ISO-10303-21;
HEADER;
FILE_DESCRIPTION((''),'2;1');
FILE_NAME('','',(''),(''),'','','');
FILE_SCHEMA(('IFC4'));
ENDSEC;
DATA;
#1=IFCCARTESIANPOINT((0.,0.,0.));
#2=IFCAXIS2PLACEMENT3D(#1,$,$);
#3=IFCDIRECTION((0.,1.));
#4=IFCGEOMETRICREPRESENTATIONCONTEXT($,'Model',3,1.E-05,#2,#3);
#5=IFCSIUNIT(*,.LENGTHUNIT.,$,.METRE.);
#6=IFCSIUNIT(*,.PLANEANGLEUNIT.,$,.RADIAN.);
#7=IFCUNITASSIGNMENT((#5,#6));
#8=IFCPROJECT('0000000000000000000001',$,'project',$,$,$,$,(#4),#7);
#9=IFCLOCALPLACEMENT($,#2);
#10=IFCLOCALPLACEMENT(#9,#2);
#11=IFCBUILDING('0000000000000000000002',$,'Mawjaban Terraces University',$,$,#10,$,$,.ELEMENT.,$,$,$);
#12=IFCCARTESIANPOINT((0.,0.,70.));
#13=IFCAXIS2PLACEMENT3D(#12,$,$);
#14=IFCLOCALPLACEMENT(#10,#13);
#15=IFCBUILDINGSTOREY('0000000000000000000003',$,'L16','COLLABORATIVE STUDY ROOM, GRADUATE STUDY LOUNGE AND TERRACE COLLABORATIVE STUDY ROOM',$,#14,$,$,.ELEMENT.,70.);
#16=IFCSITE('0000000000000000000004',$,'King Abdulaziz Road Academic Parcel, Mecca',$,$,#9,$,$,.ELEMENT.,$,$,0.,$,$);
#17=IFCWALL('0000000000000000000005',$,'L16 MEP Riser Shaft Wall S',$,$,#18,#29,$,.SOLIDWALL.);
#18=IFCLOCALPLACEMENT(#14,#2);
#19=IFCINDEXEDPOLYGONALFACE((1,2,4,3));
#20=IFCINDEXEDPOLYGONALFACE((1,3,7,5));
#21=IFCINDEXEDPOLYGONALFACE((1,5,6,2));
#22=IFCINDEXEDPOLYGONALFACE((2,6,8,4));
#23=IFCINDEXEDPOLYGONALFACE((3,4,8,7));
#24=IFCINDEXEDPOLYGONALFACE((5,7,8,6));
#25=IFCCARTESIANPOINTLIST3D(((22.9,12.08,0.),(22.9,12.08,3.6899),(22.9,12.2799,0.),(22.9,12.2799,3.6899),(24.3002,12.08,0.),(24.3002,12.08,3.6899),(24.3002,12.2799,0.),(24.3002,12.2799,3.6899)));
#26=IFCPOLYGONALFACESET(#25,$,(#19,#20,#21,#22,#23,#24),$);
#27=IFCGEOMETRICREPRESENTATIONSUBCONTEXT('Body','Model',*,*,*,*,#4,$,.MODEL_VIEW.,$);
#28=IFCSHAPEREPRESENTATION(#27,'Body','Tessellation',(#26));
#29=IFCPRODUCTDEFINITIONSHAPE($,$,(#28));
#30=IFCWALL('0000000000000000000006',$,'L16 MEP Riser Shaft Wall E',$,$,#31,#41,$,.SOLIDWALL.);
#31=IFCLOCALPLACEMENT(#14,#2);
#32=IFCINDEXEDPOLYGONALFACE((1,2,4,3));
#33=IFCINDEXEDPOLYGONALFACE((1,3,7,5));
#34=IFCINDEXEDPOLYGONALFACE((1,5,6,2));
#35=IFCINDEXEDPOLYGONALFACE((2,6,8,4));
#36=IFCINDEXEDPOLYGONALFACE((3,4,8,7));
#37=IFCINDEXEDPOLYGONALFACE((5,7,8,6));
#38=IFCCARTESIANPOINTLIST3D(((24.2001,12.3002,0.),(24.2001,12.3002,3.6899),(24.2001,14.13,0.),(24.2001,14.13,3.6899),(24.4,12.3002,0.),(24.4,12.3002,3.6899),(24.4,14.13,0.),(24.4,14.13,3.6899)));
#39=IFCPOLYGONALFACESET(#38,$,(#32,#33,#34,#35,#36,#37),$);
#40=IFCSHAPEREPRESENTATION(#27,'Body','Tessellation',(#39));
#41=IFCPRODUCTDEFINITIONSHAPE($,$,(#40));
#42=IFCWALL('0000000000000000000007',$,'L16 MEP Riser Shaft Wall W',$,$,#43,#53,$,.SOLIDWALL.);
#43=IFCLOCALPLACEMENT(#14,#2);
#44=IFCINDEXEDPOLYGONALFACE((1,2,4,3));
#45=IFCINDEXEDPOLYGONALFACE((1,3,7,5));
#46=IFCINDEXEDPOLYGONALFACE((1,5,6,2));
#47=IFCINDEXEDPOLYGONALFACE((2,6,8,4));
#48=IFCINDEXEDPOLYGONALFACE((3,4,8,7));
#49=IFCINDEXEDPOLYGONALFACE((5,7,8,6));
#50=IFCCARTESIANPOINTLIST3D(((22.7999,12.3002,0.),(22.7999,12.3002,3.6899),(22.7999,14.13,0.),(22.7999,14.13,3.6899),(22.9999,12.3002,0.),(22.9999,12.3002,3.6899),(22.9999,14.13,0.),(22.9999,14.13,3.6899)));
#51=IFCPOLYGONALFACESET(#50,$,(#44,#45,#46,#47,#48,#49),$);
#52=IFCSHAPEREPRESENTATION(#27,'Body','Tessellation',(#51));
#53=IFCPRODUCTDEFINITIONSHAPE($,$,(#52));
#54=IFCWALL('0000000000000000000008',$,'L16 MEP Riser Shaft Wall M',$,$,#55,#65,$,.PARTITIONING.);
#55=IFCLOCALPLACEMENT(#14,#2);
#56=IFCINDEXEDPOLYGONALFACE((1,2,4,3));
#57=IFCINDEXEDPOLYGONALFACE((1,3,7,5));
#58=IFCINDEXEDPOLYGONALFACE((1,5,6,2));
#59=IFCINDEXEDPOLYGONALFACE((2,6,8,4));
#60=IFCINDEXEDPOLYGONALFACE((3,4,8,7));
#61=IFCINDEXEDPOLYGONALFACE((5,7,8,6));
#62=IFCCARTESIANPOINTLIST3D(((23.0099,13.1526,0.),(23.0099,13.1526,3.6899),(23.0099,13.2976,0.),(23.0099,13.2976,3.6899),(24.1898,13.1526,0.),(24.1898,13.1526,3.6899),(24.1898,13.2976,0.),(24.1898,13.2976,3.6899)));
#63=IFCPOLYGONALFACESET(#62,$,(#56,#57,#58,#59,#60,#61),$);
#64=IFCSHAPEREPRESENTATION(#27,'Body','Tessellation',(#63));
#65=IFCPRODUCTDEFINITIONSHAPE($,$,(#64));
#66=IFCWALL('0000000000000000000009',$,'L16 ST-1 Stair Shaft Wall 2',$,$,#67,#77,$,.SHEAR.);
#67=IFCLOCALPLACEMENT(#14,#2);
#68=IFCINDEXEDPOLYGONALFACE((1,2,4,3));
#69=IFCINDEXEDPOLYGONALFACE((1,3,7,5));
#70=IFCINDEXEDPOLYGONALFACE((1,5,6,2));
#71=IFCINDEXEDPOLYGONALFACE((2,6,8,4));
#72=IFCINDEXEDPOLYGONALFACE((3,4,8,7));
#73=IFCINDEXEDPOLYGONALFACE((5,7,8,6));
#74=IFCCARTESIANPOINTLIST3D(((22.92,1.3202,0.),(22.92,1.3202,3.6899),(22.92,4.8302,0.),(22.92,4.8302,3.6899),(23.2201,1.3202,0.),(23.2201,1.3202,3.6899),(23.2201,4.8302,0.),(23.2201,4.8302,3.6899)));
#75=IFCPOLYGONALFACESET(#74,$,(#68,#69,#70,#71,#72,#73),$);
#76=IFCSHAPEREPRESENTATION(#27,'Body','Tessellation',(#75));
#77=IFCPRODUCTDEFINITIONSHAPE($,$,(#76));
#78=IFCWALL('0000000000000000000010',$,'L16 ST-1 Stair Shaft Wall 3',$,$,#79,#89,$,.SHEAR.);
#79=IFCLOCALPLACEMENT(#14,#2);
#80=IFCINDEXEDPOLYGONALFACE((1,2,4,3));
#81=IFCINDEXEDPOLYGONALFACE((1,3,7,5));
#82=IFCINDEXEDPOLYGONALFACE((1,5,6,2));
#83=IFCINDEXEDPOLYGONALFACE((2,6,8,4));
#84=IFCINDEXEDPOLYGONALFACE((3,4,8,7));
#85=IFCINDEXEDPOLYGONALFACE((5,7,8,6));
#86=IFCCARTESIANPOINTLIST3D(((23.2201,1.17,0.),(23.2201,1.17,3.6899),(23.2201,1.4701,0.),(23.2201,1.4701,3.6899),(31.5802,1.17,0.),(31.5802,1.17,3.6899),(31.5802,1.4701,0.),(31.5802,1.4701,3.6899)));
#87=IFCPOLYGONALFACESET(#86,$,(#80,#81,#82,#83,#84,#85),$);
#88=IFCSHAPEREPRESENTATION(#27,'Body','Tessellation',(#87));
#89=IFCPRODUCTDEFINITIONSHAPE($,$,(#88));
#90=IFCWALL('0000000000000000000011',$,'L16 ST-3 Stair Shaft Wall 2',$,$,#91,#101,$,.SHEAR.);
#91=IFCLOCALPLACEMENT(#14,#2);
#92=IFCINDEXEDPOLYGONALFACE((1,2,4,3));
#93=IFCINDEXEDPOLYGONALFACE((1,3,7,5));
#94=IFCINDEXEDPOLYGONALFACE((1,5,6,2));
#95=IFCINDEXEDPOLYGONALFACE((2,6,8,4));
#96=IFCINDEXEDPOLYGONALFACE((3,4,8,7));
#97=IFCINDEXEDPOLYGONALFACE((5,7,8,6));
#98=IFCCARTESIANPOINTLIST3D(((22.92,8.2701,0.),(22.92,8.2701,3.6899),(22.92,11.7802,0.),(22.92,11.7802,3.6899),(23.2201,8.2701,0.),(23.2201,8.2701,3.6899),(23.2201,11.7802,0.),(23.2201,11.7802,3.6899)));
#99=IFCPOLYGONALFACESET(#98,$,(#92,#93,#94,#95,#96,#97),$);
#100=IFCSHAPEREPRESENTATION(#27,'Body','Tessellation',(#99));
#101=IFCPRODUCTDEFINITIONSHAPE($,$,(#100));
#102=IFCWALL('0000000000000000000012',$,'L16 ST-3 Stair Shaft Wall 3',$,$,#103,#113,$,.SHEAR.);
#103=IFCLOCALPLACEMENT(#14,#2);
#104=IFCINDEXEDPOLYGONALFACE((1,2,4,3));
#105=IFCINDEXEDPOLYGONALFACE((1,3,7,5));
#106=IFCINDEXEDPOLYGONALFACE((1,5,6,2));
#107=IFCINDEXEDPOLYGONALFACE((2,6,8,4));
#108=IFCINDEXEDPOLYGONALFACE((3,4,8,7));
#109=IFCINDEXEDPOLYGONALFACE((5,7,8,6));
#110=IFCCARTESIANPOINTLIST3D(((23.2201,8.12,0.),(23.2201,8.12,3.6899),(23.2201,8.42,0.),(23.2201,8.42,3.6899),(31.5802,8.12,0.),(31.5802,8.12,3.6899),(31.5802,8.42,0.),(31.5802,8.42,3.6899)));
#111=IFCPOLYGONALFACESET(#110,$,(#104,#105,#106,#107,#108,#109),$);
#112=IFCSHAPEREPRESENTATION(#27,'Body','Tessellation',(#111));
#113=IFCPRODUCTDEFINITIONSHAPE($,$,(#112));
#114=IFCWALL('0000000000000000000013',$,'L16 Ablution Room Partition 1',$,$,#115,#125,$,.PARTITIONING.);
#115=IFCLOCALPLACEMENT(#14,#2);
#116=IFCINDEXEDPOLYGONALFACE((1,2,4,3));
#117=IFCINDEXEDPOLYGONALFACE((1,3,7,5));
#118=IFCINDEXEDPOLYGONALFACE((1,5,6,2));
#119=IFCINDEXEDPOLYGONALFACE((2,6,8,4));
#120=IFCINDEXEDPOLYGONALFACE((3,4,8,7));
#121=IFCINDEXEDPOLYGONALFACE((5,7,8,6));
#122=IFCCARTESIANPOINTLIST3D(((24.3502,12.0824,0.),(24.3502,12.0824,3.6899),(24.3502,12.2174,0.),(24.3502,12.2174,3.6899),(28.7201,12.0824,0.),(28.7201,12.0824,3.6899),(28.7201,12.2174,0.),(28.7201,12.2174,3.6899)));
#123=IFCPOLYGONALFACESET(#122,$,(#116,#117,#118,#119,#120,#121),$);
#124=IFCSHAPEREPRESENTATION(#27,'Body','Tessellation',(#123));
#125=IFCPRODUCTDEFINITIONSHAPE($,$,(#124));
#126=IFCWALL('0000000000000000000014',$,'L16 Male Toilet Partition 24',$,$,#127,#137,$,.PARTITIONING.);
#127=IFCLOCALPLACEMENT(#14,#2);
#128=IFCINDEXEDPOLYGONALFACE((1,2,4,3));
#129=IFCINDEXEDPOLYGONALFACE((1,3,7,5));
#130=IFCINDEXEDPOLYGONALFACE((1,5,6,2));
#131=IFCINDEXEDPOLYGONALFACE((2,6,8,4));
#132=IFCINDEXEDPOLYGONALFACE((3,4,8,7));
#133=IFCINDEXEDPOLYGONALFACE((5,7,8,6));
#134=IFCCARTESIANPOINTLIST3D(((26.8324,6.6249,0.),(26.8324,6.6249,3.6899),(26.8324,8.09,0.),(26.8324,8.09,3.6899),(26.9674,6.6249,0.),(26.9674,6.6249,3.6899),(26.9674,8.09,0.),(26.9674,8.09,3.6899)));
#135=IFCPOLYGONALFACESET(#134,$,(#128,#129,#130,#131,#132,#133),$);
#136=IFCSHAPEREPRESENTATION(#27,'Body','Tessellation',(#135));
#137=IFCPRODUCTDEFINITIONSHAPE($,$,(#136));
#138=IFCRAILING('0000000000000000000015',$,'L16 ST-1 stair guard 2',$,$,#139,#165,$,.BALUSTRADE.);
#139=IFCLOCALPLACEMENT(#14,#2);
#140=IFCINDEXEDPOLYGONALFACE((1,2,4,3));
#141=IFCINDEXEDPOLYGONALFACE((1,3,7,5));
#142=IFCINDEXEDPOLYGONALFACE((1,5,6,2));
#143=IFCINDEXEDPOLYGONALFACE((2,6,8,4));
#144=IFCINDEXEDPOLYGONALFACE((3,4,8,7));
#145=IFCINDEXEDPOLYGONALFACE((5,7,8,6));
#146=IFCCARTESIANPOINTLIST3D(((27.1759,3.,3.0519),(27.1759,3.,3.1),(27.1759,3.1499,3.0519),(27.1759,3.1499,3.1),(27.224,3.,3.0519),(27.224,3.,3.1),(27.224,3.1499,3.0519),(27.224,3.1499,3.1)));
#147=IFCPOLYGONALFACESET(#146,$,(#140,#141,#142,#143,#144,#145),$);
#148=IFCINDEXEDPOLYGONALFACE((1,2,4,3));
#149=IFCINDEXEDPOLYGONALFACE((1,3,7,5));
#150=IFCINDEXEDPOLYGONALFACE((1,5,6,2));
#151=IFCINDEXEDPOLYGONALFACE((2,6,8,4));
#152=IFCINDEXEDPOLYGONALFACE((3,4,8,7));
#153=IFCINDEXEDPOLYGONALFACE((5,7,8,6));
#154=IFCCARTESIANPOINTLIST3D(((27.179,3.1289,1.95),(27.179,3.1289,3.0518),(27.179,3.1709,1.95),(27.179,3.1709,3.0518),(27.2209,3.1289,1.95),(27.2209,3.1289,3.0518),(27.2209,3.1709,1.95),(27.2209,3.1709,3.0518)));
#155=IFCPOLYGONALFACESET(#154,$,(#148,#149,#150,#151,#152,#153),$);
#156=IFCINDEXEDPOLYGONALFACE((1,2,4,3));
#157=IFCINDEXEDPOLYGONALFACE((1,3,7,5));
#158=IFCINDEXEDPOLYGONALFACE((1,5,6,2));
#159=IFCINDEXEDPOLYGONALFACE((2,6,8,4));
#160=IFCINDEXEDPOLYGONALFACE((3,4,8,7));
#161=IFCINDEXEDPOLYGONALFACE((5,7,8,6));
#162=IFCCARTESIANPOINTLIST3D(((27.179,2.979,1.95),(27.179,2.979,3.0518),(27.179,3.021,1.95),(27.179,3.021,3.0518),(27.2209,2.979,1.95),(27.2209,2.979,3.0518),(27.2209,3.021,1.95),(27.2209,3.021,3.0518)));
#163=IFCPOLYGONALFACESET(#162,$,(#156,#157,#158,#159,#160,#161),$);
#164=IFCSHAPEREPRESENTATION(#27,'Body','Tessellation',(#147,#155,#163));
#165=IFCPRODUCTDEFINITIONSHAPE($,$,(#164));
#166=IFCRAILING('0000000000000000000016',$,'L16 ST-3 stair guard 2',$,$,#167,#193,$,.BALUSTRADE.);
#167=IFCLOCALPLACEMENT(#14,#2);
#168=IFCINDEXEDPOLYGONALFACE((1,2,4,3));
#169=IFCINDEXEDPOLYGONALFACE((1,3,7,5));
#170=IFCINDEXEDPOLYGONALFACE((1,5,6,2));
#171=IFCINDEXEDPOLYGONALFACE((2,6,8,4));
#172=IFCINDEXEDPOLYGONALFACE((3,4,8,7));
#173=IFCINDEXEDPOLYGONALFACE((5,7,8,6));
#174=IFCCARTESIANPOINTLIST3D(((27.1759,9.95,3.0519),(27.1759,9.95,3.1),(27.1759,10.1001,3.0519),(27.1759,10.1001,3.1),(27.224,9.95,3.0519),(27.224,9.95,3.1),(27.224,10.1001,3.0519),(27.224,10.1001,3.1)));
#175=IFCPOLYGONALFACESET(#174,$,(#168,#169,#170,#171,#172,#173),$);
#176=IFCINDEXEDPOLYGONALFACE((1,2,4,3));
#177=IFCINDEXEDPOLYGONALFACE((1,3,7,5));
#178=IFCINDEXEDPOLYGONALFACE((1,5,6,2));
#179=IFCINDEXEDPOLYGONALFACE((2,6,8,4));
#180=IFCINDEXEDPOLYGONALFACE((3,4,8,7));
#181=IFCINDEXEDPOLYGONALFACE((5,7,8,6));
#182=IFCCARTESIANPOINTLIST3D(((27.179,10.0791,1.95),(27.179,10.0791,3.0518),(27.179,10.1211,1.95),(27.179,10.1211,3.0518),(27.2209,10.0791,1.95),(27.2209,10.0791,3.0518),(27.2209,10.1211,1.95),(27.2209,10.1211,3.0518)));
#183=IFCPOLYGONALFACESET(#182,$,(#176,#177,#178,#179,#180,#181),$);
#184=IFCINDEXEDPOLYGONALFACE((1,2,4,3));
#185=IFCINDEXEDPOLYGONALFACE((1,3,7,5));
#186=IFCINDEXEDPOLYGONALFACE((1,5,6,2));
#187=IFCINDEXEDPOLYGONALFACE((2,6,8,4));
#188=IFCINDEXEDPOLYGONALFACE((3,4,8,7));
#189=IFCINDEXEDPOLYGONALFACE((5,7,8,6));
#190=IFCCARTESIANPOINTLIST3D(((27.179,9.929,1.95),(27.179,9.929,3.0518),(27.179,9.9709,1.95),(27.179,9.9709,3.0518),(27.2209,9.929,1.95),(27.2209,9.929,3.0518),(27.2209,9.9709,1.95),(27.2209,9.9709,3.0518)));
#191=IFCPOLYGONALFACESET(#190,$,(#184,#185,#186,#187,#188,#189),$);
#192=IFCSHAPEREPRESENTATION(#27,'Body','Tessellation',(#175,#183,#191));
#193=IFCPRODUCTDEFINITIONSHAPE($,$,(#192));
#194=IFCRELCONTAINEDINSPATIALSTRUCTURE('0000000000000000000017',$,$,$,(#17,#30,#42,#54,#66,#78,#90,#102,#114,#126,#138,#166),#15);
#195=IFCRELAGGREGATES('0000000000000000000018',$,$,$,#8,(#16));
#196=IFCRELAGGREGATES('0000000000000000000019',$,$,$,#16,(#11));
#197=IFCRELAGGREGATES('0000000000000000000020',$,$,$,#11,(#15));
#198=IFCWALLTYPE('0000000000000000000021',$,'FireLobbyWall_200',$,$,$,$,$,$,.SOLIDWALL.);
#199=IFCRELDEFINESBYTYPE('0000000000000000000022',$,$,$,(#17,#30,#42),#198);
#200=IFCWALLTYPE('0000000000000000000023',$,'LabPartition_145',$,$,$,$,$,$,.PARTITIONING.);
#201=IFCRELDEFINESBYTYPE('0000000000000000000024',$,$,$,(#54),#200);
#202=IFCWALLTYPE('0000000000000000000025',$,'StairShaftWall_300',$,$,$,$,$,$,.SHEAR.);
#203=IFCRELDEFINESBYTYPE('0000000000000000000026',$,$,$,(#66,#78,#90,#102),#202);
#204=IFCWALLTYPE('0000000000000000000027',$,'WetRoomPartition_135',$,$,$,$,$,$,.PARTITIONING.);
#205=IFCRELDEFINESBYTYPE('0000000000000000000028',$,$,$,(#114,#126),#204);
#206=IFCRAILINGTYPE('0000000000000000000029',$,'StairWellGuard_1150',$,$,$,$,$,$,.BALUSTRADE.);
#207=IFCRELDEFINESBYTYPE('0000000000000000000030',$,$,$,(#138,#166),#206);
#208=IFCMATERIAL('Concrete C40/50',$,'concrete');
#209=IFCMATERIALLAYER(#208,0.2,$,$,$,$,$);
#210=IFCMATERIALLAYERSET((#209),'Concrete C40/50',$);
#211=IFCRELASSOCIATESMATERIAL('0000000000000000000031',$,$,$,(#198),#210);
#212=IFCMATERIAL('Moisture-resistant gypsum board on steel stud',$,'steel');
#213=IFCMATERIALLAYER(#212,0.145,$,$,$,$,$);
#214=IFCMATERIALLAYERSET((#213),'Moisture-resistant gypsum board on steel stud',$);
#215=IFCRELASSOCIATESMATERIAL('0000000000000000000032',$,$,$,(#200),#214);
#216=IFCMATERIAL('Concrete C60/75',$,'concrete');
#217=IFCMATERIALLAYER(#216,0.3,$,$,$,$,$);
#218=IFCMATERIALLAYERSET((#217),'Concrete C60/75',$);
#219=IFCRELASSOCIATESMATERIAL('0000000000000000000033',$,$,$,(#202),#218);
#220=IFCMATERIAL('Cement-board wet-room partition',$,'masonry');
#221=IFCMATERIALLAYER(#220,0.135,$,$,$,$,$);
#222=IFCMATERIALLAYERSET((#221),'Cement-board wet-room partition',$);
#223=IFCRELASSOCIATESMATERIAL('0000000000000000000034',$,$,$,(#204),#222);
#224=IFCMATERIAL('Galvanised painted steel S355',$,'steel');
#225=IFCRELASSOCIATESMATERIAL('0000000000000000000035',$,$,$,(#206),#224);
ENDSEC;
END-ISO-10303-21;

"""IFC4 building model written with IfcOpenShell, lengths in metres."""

from ifc_helpers import new_model, si_unit, direction, frame, frame_2d, origin, origin_2d, place, context, subcontext, project, spatial, rectangle, extrude, material, layer, layer_set, type_object, element, save


model = new_model("IFC4")

# Units and contexts
model_context = context("Model", 3, precision=1e-05, world=origin(), true_north=direction((0.0, 1.0)))
body_context = subcontext(model_context, "Body", "Model", "MODEL_VIEW")
ifc_project = project(units=[si_unit("LENGTHUNIT", "METRE"), si_unit("PLANEANGLEUNIT", "RADIAN")], contexts=[model_context])

# Site, building, storey
site_placement = place(None, origin())
site = spatial("IfcSite", under=ifc_project, at=site_placement, Name="King Abdulaziz Road Academic Parcel, Mecca", CompositionType="ELEMENT", RefElevation=0.0)
building_placement = place(site_placement, origin())
building = spatial("IfcBuilding", under=site, at=building_placement, Name="Mawjaban Terraces University", CompositionType="ELEMENT")
storey_placement = place(building_placement, frame((0.0, 0.0, 70.0)))
storey = spatial("IfcBuildingStorey", under=building, at=storey_placement, Name="L16", Description="COLLABORATIVE STUDY ROOM, GRADUATE STUDY LOUNGE AND TERRACE COLLABORATIVE STUDY ROOM", CompositionType="ELEMENT", Elevation=70.0)

# Walls
ifc_material_1 = material(Name="Concrete C40/50", Category="concrete")
ifc_layer_1 = layer(ifc_material_1, 0.2)
ifc_layer_set_1 = layer_set([ifc_layer_1], Name="Concrete C40/50")
wall_type_1 = type_object("IfcWallType", Name="FireLobbyWall_200", PredefinedType="SOLIDWALL", material=ifc_layer_set_1)
wall_1_placement = place(storey_placement, frame((22.8999, 12.1799, 0.0), z_axis=(0.0, 0.0, 1.0), x_axis=(1.0, 0.0, 0.0)))
element("IfcWall", 1, at=wall_1_placement, inside=storey, type_object=wall_type_1, Name="L16 MEP Riser Shaft Wall S", PredefinedType="SOLIDWALL", context=body_context, shape_type="SweptSolid", body=[
    extrude(rectangle(XDim=1.4001, YDim=0.2, at=frame_2d((0.7002, 0.0))), origin(), (0.0, 0.0, 1.0), 3.6899),
])
for number, where, z_axis, x_axis, name in (
    (2, (24.3, 12.3, 0.0), (0.0, 0.0, 1.0), (0.0, 1.0, 0.0), "L16 MEP Riser Shaft Wall E"),
    (3, (22.8999, 12.3, 0.0), (0.0, 0.0, 1.0), (0.0, 1.0, 0.0), "L16 MEP Riser Shaft Wall W"),
):
    element("IfcWall", number, at=place(storey_placement, frame(where, z_axis=z_axis, x_axis=x_axis)), inside=storey, type_object=wall_type_1, Name=name, PredefinedType="SOLIDWALL", context=body_context, shape_type="SweptSolid", body=[
        extrude(rectangle(XDim=1.8298, YDim=0.2, at=frame_2d((0.915, 0.0))), origin(), (0.0, 0.0, 1.0), 3.6899),
    ])
ifc_material_2 = material(Name="Moisture-resistant gypsum board on steel stud", Category="steel")
ifc_layer_2 = layer(ifc_material_2, 0.145)
ifc_layer_set_2 = layer_set([ifc_layer_2], Name="Moisture-resistant gypsum board on steel stud")
wall_type_2 = type_object("IfcWallType", Name="LabPartition_145", PredefinedType="PARTITIONING", material=ifc_layer_set_2)
wall_2_placement = place(storey_placement, frame((23.01, 13.2251, 0.0), z_axis=(0.0, 0.0, 1.0), x_axis=(1.0, 0.0, 0.0)))
element("IfcWall", 4, at=wall_2_placement, inside=storey, type_object=wall_type_2, Name="L16 MEP Riser Shaft Wall M", PredefinedType="PARTITIONING", context=body_context, shape_type="SweptSolid", body=[
    extrude(rectangle(XDim=1.1799, YDim=0.145, at=frame_2d((0.5898, 0.0))), origin(), (0.0, 0.0, 1.0), 3.6899),
])
ifc_material_3 = material(Name="Concrete C60/75", Category="concrete")
ifc_layer_3 = layer(ifc_material_3, 0.3)
ifc_layer_set_3 = layer_set([ifc_layer_3], Name="Concrete C60/75")
wall_type_3 = type_object("IfcWallType", Name="StairShaftWall_300", PredefinedType="SHEAR", material=ifc_layer_set_3)
wall_3_placement = place(storey_placement, frame((23.0701, 4.8301, 0.0), z_axis=(0.0, 0.0, 1.0), x_axis=(0.0, -1.0, 0.0)))
element("IfcWall", 5, at=wall_3_placement, inside=storey, type_object=wall_type_3, Name="L16 ST-1 Stair Shaft Wall 2", PredefinedType="SHEAR", context=body_context, shape_type="SweptSolid", body=[
    extrude(rectangle(XDim=3.51, YDim=0.3, at=frame_2d((1.7549, 0.0))), origin(), (0.0, 0.0, 1.0), 3.6899),
])
wall_4_placement = place(storey_placement, frame((23.22, 1.3201, 0.0), z_axis=(0.0, 0.0, 1.0), x_axis=(1.0, 0.0, 0.0)))
element("IfcWall", 6, at=wall_4_placement, inside=storey, type_object=wall_type_3, Name="L16 ST-1 Stair Shaft Wall 3", PredefinedType="SHEAR", context=body_context, shape_type="SweptSolid", body=[
    extrude(rectangle(XDim=8.3601, YDim=0.3, at=frame_2d((4.1802, 0.0))), origin(), (0.0, 0.0, 1.0), 3.6899),
])
wall_5_placement = place(storey_placement, frame((23.0701, 11.78, 0.0), z_axis=(0.0, 0.0, 1.0), x_axis=(0.0, -1.0, 0.0)))
element("IfcWall", 7, at=wall_5_placement, inside=storey, type_object=wall_type_3, Name="L16 ST-3 Stair Shaft Wall 2", PredefinedType="SHEAR", context=body_context, shape_type="SweptSolid", body=[
    extrude(rectangle(XDim=3.51, YDim=0.3, at=frame_2d((1.7549, 0.0))), origin(), (0.0, 0.0, 1.0), 3.6899),
])
wall_6_placement = place(storey_placement, frame((23.22, 8.27, 0.0), z_axis=(0.0, 0.0, 1.0), x_axis=(1.0, 0.0, 0.0)))
element("IfcWall", 8, at=wall_6_placement, inside=storey, type_object=wall_type_3, Name="L16 ST-3 Stair Shaft Wall 3", PredefinedType="SHEAR", context=body_context, shape_type="SweptSolid", body=[
    extrude(rectangle(XDim=8.3601, YDim=0.3, at=frame_2d((4.1802, 0.0))), origin(), (0.0, 0.0, 1.0), 3.6899),
])
ifc_material_4 = material(Name="Cement-board wet-room partition", Category="masonry")
ifc_layer_4 = layer(ifc_material_4, 0.135)
ifc_layer_set_4 = layer_set([ifc_layer_4], Name="Cement-board wet-room partition")
wall_type_4 = type_object("IfcWallType", Name="WetRoomPartition_135", PredefinedType="PARTITIONING", material=ifc_layer_set_4)
wall_7_placement = place(storey_placement, frame((24.3501, 12.1499, 0.0), z_axis=(0.0, 0.0, 1.0), x_axis=(1.0, 0.0, 0.0)))
element("IfcWall", 9, at=wall_7_placement, inside=storey, type_object=wall_type_4, Name="L16 Ablution Room Partition 1", PredefinedType="PARTITIONING", context=body_context, shape_type="SweptSolid", body=[
    extrude(rectangle(XDim=4.3699, YDim=0.135, at=frame_2d((2.1851, 0.0))), origin(), (0.0, 0.0, 1.0), 3.6899),
])
wall_8_placement = place(storey_placement, frame((26.8999, 6.625, 0.0), z_axis=(0.0, 0.0, 1.0), x_axis=(0.0, 1.0, 0.0)))
element("IfcWall", 10, at=wall_8_placement, inside=storey, type_object=wall_type_4, Name="L16 Male Toilet Partition 24", PredefinedType="PARTITIONING", context=body_context, shape_type="SweptSolid", body=[
    extrude(rectangle(XDim=1.4651, YDim=0.135, at=frame_2d((0.7324, 0.0))), origin(), (0.0, 0.0, 1.0), 3.6899),
])

# Railings
ifc_material_5 = material(Name="Galvanised painted steel S355", Category="steel")
railing_type = type_object("IfcRailingType", Name="StairWellGuard_1150", PredefinedType="BALUSTRADE", material=ifc_material_5)
railing_1_placement = place(storey_placement, frame((27.2, 3.1499, 1.95)))
element("IfcRailing", 11, at=railing_1_placement, inside=storey, type_object=railing_type, Name="L16 ST-1 stair guard 2", PredefinedType="BALUSTRADE", context=body_context, shape_type="SweptSolid", body=[
    extrude(rectangle(XDim=0.0481, YDim=0.0481, at=origin_2d()), frame((0.0, 0.0, 1.126), z_axis=(0.0, -1.0, 0.0), x_axis=(1.0, 0.0, 0.0)), (0.0, 0.0, 1.0), 0.1499),
    extrude(rectangle(XDim=0.042, YDim=0.042, at=origin_2d()), origin(), (0.0, 0.0, 1.0), 1.1018),
    extrude(rectangle(XDim=0.042, YDim=0.042, at=origin_2d()), frame((0.0, -0.1499, 0.0)), (0.0, 0.0, 1.0), 1.1018),
])
railing_2_placement = place(storey_placement, frame((27.2, 10.1001, 1.95)))
element("IfcRailing", 12, at=railing_2_placement, inside=storey, type_object=railing_type, Name="L16 ST-3 stair guard 2", PredefinedType="BALUSTRADE", context=body_context, shape_type="SweptSolid", body=[
    extrude(rectangle(XDim=0.0481, YDim=0.0481, at=origin_2d()), frame((0.0, 0.0, 1.126), z_axis=(0.0, -1.0, 0.0), x_axis=(1.0, 0.0, 0.0)), (0.0, 0.0, 1.0), 0.1501),
    extrude(rectangle(XDim=0.042, YDim=0.042, at=origin_2d()), origin(), (0.0, 0.0, 1.0), 1.1018),
    extrude(rectangle(XDim=0.042, YDim=0.042, at=origin_2d()), frame((0.0, -0.1501, 0.0)), (0.0, 0.0, 1.0), 1.1018),
])

save(model, "model.ifc")
